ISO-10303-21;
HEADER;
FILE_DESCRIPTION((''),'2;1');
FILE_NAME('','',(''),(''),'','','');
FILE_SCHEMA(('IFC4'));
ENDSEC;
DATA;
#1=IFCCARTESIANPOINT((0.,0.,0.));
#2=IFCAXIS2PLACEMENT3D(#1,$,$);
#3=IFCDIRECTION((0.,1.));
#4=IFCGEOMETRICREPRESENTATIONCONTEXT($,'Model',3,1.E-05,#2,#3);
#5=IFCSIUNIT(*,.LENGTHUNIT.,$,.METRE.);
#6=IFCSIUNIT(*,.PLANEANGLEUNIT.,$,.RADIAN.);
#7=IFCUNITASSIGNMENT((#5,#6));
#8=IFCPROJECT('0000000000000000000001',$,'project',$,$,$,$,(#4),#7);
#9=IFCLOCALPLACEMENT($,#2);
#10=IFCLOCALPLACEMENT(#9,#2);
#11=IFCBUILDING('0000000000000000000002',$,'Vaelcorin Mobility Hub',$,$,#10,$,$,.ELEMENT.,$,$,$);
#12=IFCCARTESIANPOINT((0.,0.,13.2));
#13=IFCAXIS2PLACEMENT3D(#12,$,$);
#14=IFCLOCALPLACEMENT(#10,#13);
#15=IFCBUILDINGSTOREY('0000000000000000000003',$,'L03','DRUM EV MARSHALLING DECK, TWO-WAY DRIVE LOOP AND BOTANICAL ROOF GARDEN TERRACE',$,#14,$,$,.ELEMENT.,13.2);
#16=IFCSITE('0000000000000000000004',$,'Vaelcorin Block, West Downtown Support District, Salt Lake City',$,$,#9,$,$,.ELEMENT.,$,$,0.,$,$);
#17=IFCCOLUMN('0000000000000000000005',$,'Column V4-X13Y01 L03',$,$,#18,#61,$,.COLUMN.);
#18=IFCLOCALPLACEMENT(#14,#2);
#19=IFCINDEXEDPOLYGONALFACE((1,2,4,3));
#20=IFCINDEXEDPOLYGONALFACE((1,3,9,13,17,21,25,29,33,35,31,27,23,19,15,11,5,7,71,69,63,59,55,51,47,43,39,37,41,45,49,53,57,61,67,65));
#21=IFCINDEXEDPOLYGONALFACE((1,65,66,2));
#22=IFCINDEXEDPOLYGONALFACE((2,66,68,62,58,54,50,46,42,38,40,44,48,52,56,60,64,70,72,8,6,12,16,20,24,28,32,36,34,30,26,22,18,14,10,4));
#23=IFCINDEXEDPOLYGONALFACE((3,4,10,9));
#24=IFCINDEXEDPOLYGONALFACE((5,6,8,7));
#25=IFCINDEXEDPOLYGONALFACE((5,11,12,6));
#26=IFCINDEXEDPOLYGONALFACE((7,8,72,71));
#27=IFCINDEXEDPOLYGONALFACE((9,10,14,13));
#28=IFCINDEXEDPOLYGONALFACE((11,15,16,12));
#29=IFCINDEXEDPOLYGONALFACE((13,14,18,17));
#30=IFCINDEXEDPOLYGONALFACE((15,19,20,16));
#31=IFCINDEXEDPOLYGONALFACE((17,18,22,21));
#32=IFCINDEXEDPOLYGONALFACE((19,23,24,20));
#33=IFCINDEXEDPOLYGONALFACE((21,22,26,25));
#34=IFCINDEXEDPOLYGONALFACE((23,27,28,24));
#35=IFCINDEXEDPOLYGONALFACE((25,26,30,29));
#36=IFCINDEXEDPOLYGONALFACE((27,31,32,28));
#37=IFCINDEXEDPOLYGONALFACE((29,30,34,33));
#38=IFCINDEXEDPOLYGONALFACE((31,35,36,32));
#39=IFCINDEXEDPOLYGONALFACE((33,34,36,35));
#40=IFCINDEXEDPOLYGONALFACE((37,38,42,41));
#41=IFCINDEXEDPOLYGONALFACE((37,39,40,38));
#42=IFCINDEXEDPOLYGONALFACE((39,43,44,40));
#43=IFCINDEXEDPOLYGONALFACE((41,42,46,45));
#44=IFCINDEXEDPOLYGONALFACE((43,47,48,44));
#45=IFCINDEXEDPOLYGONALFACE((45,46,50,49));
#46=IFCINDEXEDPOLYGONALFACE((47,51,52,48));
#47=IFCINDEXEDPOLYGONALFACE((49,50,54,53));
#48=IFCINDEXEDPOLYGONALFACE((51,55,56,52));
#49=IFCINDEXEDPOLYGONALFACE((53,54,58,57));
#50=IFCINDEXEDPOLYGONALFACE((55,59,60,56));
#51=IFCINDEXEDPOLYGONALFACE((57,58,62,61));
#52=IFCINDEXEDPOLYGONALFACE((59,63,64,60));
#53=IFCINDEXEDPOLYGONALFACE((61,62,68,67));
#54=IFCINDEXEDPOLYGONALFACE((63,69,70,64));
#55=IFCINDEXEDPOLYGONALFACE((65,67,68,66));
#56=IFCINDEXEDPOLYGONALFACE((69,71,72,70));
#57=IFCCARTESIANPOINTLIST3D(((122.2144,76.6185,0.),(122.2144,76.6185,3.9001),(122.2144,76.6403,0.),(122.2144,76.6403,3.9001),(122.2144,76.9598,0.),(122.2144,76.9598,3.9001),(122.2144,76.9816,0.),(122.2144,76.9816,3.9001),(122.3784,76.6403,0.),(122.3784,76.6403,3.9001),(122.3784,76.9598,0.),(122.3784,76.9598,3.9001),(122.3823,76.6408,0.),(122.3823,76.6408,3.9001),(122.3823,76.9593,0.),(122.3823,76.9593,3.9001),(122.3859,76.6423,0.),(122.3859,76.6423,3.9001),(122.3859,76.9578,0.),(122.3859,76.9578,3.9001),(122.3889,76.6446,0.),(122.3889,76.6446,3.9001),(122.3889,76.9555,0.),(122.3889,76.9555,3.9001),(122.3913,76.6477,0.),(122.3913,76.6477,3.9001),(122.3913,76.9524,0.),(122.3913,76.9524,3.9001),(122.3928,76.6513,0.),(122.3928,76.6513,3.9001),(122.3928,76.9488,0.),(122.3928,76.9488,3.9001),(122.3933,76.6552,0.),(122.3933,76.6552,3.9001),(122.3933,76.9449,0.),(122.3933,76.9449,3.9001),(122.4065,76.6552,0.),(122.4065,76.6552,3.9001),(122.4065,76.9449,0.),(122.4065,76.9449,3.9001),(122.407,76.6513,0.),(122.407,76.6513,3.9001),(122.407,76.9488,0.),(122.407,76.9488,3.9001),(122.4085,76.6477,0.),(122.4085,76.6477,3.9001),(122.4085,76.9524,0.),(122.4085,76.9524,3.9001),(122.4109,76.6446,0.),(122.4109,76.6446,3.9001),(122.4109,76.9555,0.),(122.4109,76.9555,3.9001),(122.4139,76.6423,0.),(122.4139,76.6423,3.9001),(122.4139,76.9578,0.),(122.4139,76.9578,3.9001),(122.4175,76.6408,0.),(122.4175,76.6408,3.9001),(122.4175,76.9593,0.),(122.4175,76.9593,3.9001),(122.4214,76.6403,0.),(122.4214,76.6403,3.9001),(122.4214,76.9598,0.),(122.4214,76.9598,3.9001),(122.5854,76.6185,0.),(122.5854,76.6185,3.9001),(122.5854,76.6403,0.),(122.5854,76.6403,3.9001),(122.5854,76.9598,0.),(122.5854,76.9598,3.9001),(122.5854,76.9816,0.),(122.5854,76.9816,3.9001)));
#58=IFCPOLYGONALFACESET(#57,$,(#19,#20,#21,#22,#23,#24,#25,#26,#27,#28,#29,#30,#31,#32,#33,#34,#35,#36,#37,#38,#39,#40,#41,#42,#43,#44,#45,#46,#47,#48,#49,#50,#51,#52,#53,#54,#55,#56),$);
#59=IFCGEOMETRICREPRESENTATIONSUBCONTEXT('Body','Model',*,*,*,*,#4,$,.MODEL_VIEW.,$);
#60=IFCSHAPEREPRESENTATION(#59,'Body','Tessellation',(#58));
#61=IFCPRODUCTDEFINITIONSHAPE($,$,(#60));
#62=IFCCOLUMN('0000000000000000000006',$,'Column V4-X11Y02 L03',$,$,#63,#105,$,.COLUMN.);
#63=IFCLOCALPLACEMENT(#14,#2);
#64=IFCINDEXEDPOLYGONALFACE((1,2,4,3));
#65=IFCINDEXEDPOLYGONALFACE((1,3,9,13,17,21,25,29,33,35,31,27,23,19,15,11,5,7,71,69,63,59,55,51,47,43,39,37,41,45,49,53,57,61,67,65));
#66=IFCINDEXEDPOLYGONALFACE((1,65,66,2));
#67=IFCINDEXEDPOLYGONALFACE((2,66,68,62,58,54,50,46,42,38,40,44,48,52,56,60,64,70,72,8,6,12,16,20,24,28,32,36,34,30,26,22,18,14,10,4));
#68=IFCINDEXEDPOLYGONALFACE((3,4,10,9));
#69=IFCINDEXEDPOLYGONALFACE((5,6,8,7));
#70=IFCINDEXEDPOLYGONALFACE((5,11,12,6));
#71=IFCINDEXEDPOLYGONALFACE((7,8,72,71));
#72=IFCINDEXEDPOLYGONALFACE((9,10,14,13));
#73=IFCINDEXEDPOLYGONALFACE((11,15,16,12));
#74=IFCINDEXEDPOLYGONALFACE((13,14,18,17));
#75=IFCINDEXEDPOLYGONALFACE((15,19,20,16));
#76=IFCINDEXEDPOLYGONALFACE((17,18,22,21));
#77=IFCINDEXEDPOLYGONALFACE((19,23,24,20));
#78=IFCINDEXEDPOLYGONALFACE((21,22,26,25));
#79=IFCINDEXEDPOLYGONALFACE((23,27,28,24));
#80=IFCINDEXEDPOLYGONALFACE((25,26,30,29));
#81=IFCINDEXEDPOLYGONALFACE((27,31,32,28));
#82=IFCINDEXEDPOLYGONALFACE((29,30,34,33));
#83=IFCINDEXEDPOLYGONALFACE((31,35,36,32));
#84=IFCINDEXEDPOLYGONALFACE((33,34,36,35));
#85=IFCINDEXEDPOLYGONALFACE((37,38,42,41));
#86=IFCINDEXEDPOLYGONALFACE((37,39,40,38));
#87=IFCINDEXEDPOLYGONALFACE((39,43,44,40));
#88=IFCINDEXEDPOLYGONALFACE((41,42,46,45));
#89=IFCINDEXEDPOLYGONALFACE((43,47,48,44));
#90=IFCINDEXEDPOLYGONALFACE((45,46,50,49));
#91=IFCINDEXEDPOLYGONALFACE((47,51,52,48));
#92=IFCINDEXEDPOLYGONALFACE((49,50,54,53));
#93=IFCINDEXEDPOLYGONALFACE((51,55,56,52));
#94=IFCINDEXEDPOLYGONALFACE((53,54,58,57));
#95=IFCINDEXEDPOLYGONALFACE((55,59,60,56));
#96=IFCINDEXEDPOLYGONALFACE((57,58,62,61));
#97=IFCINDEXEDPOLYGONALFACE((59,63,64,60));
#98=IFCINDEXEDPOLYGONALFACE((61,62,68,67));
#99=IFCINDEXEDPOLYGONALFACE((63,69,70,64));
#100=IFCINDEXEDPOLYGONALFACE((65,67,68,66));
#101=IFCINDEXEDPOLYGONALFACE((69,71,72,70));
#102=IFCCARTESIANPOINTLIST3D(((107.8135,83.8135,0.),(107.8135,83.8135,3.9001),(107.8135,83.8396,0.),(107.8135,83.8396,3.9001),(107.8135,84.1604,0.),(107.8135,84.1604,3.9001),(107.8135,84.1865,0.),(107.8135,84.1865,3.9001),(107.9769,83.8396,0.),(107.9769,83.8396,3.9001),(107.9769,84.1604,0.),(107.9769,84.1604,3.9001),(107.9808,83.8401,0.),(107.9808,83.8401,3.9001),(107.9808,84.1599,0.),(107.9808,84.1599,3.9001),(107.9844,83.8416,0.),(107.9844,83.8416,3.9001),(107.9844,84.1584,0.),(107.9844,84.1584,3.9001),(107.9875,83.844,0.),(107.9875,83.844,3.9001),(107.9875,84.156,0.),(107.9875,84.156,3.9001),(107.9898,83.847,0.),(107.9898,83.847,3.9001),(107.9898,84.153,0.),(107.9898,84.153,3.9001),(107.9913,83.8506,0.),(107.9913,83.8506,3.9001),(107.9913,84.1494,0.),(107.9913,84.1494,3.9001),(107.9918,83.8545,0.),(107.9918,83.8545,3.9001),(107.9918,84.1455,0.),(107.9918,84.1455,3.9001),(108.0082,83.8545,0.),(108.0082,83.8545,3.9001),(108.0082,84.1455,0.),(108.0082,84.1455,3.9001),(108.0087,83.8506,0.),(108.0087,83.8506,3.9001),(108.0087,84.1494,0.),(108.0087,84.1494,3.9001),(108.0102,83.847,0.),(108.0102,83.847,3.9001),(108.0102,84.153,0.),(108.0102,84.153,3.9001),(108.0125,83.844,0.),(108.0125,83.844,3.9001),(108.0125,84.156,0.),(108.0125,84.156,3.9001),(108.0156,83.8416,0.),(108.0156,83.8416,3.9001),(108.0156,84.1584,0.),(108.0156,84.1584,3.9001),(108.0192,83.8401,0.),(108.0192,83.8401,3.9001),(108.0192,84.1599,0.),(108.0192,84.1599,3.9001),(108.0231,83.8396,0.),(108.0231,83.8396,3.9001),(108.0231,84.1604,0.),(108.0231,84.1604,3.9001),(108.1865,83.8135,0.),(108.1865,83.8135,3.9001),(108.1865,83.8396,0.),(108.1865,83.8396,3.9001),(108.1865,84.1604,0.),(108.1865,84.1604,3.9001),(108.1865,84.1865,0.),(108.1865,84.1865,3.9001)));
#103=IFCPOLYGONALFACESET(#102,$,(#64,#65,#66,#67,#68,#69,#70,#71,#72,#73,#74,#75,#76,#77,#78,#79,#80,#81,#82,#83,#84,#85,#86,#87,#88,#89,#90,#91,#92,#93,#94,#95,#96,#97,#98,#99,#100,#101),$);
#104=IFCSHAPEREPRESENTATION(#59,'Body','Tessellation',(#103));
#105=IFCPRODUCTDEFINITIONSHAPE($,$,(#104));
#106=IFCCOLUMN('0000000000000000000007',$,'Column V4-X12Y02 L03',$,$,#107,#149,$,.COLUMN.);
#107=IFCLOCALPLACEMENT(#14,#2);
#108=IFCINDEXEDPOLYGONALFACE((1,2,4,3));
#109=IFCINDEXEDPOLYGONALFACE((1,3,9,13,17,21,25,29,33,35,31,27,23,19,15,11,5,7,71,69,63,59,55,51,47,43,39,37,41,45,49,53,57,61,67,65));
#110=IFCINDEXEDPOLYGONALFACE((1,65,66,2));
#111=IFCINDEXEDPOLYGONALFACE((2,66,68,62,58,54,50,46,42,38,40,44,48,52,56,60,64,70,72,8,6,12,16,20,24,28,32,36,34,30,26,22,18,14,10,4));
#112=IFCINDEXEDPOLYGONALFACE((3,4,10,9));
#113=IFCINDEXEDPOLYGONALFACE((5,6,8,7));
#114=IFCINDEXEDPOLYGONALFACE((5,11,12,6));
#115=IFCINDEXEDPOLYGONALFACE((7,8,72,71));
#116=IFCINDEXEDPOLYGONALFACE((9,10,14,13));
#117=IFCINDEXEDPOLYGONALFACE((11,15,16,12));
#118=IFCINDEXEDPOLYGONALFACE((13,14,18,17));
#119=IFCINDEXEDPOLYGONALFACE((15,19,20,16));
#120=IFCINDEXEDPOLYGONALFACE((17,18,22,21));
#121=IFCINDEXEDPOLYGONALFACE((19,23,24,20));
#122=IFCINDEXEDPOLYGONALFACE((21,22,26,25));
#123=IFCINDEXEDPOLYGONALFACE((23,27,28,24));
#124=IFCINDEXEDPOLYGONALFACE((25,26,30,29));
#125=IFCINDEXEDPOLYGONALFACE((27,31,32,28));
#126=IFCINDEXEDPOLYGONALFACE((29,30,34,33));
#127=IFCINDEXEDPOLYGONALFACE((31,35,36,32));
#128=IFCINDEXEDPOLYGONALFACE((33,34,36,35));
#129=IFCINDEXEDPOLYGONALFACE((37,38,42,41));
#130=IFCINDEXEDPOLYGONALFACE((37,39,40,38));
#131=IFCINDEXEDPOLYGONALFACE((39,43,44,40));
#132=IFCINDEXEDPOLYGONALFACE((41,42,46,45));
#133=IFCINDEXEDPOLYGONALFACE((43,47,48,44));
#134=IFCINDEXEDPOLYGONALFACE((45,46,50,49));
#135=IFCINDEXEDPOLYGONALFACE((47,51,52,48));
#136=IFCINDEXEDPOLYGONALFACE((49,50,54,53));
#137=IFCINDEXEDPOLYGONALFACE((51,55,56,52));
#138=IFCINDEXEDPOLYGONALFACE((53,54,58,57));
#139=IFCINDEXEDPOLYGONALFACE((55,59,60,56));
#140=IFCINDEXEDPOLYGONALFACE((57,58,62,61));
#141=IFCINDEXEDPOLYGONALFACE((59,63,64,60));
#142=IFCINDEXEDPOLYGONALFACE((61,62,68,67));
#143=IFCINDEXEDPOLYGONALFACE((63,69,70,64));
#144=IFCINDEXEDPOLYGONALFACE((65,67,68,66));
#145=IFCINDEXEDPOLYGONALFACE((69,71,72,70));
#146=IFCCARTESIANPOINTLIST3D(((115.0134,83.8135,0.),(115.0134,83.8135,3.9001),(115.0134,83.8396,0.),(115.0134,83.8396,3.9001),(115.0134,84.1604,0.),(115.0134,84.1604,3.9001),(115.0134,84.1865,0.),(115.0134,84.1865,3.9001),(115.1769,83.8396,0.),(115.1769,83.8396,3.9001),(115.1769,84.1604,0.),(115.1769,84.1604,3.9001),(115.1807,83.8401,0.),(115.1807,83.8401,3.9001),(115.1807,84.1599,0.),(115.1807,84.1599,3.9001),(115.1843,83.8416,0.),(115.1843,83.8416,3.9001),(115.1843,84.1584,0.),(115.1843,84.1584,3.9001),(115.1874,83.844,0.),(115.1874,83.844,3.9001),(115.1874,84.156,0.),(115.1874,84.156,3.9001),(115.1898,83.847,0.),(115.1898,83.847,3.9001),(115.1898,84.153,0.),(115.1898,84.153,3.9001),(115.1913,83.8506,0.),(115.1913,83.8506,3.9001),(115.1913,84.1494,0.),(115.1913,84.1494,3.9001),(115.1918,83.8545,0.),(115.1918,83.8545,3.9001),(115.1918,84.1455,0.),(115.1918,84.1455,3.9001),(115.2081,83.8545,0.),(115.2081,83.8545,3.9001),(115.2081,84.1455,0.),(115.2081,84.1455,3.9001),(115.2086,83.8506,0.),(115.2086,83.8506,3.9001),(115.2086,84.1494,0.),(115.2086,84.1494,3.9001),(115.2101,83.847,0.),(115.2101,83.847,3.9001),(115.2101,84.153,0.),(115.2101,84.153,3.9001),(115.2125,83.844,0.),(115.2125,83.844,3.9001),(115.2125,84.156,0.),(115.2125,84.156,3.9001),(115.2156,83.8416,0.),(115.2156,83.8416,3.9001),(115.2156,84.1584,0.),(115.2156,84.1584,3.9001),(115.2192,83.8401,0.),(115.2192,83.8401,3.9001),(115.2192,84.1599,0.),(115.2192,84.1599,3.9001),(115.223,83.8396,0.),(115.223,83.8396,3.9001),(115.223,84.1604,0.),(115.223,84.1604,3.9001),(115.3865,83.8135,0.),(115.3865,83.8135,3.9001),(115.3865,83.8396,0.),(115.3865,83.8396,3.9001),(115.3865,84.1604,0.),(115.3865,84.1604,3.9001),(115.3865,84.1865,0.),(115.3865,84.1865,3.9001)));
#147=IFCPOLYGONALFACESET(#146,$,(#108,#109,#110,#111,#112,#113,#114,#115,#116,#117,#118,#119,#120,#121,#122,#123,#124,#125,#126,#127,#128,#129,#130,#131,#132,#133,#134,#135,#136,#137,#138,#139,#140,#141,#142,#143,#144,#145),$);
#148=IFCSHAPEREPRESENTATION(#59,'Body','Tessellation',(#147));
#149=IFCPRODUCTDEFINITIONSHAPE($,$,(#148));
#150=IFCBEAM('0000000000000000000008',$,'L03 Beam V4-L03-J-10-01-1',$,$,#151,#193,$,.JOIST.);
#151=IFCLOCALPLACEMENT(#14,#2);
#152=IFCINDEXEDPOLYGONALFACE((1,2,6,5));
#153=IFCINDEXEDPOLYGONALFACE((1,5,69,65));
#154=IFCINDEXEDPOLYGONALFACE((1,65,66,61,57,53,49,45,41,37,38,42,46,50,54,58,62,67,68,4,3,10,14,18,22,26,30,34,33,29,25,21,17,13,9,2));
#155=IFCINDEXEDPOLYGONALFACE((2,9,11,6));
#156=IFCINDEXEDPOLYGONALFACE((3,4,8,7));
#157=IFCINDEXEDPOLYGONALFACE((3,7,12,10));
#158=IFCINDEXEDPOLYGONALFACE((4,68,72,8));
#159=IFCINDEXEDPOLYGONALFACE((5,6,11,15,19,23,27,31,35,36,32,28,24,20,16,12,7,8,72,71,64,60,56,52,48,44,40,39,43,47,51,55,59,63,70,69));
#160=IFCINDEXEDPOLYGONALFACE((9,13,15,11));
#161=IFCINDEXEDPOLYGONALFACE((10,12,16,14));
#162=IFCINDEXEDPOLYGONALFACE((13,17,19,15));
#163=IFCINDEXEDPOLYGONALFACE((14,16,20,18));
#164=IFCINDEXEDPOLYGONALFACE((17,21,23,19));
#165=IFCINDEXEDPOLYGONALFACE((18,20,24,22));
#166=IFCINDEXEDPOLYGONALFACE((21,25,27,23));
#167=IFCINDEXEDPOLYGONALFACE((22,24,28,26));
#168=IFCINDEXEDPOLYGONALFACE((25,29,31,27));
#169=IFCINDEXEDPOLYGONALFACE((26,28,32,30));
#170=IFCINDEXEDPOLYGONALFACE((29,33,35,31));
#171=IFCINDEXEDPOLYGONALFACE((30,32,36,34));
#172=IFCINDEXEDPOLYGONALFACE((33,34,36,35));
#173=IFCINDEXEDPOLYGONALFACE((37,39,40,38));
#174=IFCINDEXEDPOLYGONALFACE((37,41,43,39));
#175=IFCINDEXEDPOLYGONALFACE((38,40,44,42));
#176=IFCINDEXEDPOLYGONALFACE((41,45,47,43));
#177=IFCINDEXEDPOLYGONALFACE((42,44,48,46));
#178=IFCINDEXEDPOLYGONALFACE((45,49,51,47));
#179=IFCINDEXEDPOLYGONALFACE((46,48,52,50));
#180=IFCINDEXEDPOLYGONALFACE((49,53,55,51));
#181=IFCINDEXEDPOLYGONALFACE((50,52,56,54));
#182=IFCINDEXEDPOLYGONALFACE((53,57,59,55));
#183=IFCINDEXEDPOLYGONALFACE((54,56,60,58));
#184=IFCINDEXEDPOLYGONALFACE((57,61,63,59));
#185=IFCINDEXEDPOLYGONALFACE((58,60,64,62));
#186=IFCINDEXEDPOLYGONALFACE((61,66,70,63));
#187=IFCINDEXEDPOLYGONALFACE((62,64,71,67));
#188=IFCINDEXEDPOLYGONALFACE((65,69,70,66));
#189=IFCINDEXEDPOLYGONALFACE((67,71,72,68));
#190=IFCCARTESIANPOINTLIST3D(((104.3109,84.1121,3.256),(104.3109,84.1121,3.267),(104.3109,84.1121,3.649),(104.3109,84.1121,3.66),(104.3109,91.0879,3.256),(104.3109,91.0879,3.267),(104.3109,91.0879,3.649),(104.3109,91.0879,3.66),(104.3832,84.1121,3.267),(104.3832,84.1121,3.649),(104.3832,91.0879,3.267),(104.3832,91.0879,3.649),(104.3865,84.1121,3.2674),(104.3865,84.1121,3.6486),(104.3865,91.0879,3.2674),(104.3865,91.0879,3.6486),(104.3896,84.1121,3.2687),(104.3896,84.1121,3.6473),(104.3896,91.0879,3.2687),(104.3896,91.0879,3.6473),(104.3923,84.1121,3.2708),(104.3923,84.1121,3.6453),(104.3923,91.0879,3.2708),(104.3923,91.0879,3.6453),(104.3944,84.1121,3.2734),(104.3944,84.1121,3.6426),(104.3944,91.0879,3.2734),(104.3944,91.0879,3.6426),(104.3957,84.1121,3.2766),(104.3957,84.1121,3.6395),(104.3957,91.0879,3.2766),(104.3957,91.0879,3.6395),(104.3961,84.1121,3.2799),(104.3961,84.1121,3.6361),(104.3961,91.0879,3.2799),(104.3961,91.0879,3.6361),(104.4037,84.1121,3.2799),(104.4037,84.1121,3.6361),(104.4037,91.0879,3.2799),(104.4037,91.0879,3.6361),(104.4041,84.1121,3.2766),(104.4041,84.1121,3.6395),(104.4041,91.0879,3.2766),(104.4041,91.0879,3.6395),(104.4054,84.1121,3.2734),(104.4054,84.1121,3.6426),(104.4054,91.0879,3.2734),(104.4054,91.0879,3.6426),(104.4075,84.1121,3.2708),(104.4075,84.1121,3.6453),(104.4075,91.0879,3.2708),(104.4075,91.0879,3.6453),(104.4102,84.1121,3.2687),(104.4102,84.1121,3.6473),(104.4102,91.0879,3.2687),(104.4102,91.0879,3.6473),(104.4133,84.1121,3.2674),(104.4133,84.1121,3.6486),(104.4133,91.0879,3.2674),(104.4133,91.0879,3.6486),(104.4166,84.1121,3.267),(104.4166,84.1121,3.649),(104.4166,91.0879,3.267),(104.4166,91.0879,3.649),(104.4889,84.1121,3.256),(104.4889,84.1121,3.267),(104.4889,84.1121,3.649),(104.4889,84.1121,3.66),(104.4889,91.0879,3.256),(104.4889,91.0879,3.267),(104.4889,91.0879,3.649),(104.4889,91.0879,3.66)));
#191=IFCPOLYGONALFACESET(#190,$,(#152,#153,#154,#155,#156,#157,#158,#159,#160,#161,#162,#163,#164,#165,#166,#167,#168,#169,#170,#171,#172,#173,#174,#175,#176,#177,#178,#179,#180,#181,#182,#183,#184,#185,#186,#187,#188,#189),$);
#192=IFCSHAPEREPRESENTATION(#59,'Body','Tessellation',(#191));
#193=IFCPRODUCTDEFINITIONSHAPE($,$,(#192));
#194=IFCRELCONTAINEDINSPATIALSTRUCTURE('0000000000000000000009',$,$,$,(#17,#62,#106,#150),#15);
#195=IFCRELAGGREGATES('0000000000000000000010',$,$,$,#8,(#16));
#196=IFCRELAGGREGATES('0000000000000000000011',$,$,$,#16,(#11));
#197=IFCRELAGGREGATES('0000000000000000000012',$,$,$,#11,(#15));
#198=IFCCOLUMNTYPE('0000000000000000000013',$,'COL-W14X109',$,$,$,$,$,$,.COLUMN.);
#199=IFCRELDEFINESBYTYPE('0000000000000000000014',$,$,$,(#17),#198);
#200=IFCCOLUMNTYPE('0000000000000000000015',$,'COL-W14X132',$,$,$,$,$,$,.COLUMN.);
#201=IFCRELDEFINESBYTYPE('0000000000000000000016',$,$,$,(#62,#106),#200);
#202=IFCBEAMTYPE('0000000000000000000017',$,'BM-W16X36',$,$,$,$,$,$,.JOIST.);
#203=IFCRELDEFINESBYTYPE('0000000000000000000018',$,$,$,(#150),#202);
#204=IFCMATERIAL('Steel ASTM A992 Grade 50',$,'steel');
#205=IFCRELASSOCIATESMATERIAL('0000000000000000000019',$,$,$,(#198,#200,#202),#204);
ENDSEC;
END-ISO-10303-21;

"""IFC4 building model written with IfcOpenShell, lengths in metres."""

from ifc_helpers import new_model, si_unit, direction, frame, origin, origin_2d, place, context, subcontext, project, spatial, i_section, extrude, material, material_profile, profile_set, type_object, element, save


model = new_model("IFC4")

# Units and contexts
model_context = context("Model", 3, precision=1e-05, world=origin(), true_north=direction((0.0, 1.0)))
body_context = subcontext(model_context, "Body", "Model", "MODEL_VIEW")
ifc_project = project(units=[si_unit("LENGTHUNIT", "METRE"), si_unit("PLANEANGLEUNIT", "RADIAN")], contexts=[model_context])

# Site, building, storey
site_placement = place(None, origin())
site = spatial("IfcSite", under=ifc_project, at=site_placement, Name="Vaelcorin Block, West Downtown Support District, Salt Lake City", CompositionType="ELEMENT", RefElevation=0.0)
building_placement = place(site_placement, origin())
building = spatial("IfcBuilding", under=site, at=building_placement, Name="Vaelcorin Mobility Hub", CompositionType="ELEMENT")
storey_placement = place(building_placement, frame((0.0, 0.0, 13.2)))
storey = spatial("IfcBuildingStorey", under=building, at=storey_placement, Name="L03", Description="DRUM EV MARSHALLING DECK, TWO-WAY DRIVE LOOP AND BOTANICAL ROOF GARDEN TERRACE", CompositionType="ELEMENT", Elevation=13.2)

# Columns
ifc_material_1 = material(Name="Steel ASTM A992 Grade 50", Category="steel")
ifc_material_profile_1 = material_profile(ifc_material_1, i_section(OverallWidth=0.3711, OverallDepth=0.363, WebThickness=0.0132, FlangeThickness=0.0217, FilletRadius=0.0149, at=origin_2d()), Name="W14X109")
ifc_profile_set_1 = profile_set([ifc_material_profile_1], Name="Steel ASTM A992 Grade 50")
column_type_1 = type_object("IfcColumnType", Name="COL-W14X109", PredefinedType="COLUMN", material=ifc_profile_set_1)
for number, where, z_axis, x_axis, name in (
    (1, (122.3999, 76.8, 0.0), (0.0, 0.0, 1.0), (1.0, 0.0, 0.0), "Column V4-X13Y01 L03"),
):
    element("IfcColumn", number, at=place(storey_placement, frame(where, z_axis=z_axis, x_axis=x_axis)), inside=storey, type_object=column_type_1, Name=name, PredefinedType="COLUMN", context=body_context, shape_type="SweptSolid", body=[
        extrude(i_section(OverallWidth=0.3711, OverallDepth=0.363, WebThickness=0.0132, FlangeThickness=0.0217, FilletRadius=0.0149, at=origin_2d()), origin(), (0.0, 0.0, 1.0), 3.9001),
    ])
ifc_material_profile_2 = material_profile(ifc_material_1, i_section(OverallWidth=0.373, OverallDepth=0.373, WebThickness=0.0164, FlangeThickness=0.0261, FilletRadius=0.0149, at=origin_2d()), Name="W14X132")
ifc_profile_set_2 = profile_set([ifc_material_profile_2], Name="Steel ASTM A992 Grade 50")
column_type_2 = type_object("IfcColumnType", Name="COL-W14X132", PredefinedType="COLUMN", material=ifc_profile_set_2)
for number, where, z_axis, x_axis, name in (
    (2, (108.0, 84.0, 0.0), (0.0, 0.0, 1.0), (1.0, 0.0, 0.0), "Column V4-X11Y02 L03"),
    (3, (115.2, 84.0, 0.0), (0.0, 0.0, 1.0), (1.0, 0.0, 0.0), "Column V4-X12Y02 L03"),
):
    element("IfcColumn", number, at=place(storey_placement, frame(where, z_axis=z_axis, x_axis=x_axis)), inside=storey, type_object=column_type_2, Name=name, PredefinedType="COLUMN", context=body_context, shape_type="SweptSolid", body=[
        extrude(i_section(OverallWidth=0.373, OverallDepth=0.373, WebThickness=0.0164, FlangeThickness=0.0261, FilletRadius=0.0149, at=origin_2d()), origin(), (0.0, 0.0, 1.0), 3.9001),
    ])

# Beam
ifc_material_profile_3 = material_profile(ifc_material_1, i_section(OverallWidth=0.178, OverallDepth=0.4041, WebThickness=0.0076, FlangeThickness=0.011, FilletRadius=0.0129, at=origin_2d()), Name="W16X36")
ifc_profile_set_3 = profile_set([ifc_material_profile_3], Name="Steel ASTM A992 Grade 50")
beam_type_1 = type_object("IfcBeamType", Name="BM-W16X36", PredefinedType="JOIST", material=ifc_profile_set_3)
for number, where, z_axis, x_axis, name in (
    (4, (104.3999, 84.1121, 3.458), (0.0, 1.0, 0.0), (-1.0, 0.0, 0.0), "L03 Beam V4-L03-J-10-01-1"),
):
    element("IfcBeam", number, at=place(storey_placement, frame(where, z_axis=z_axis, x_axis=x_axis)), inside=storey, type_object=beam_type_1, Name=name, PredefinedType="JOIST", context=body_context, shape_type="SweptSolid", body=[
        extrude(i_section(OverallWidth=0.178, OverallDepth=0.4041, WebThickness=0.0076, FlangeThickness=0.011, FilletRadius=0.0129, at=origin_2d()), origin(), (0.0, 0.0, 1.0), 6.9758),
    ])

save(model, "model.ifc")
